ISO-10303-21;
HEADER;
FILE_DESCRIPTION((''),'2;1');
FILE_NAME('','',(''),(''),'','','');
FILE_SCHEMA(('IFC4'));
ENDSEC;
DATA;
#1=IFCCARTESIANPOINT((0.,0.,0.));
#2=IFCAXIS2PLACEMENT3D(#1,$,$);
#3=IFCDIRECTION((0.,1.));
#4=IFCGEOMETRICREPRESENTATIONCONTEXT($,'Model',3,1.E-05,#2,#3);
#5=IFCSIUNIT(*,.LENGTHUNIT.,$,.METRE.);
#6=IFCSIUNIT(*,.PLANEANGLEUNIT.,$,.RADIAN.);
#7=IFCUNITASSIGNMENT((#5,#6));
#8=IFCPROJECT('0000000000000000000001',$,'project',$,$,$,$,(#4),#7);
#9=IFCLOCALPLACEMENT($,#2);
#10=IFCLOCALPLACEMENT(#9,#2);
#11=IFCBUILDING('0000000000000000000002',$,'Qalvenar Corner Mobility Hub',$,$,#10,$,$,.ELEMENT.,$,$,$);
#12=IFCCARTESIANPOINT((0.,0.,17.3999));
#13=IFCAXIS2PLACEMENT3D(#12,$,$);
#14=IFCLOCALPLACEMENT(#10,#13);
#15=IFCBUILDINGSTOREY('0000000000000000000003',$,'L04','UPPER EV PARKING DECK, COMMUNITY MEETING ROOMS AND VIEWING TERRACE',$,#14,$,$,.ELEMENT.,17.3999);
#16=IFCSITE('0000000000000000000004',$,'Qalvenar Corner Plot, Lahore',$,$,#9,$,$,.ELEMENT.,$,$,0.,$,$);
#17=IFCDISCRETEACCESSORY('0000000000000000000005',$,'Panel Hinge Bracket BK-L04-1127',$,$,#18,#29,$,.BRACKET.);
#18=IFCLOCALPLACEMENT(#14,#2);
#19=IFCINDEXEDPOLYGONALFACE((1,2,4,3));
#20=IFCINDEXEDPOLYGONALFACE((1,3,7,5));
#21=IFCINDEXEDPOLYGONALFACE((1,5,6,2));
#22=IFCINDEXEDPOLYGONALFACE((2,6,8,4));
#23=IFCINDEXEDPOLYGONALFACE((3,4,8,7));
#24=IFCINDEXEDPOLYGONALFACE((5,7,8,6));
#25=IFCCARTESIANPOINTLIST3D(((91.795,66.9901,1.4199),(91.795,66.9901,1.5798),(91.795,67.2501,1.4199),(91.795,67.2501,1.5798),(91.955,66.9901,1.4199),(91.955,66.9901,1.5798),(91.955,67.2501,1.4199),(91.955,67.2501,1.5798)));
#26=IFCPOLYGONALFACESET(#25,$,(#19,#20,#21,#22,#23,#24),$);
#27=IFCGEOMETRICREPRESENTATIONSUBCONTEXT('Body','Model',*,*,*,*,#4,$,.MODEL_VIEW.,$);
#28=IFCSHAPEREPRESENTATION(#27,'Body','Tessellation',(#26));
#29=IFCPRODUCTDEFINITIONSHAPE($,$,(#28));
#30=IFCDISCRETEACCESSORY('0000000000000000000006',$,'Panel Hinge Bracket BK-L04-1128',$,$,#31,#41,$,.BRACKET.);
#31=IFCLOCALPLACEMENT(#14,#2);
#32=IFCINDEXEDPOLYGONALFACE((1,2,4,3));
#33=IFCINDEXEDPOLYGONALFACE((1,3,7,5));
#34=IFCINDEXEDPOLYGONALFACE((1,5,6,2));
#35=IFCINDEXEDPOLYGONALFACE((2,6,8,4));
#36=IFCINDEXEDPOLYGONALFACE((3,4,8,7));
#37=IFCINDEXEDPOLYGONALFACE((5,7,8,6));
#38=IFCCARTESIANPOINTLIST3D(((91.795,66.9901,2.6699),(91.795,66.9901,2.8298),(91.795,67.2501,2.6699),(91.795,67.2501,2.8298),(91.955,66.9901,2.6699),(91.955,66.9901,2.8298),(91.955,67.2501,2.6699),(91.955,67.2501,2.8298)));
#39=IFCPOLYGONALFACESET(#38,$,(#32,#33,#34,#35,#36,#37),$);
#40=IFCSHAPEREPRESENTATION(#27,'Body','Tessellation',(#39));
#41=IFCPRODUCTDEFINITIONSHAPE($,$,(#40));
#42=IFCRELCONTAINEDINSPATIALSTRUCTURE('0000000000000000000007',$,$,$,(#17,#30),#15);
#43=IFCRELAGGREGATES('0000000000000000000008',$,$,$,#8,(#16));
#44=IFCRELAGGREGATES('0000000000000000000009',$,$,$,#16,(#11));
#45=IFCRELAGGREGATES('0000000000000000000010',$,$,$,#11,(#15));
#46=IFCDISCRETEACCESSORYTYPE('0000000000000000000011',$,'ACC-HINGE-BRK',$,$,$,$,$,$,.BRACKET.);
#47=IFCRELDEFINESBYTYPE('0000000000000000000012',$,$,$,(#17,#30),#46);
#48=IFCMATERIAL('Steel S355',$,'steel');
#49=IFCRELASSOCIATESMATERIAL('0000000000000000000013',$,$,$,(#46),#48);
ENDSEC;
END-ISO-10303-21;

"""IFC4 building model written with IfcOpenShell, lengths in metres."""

from ifc_helpers import new_model, si_unit, direction, frame, origin, origin_2d, place, context, subcontext, project, spatial, rectangle, extrude, material, type_object, element, save


model = new_model("IFC4")

# Units and contexts
model_context = context("Model", 3, precision=1e-05, world=origin(), true_north=direction((0.0, 1.0)))
body_context = subcontext(model_context, "Body", "Model", "MODEL_VIEW")
ifc_project = project(units=[si_unit("LENGTHUNIT", "METRE"), si_unit("PLANEANGLEUNIT", "RADIAN")], contexts=[model_context])

# Site, building, storey
site_placement = place(None, origin())
site = spatial("IfcSite", under=ifc_project, at=site_placement, Name="Qalvenar Corner Plot, Lahore", CompositionType="ELEMENT", RefElevation=0.0)
building_placement = place(site_placement, origin())
building = spatial("IfcBuilding", under=site, at=building_placement, Name="Qalvenar Corner Mobility Hub", CompositionType="ELEMENT")
storey_placement = place(building_placement, frame((0.0, 0.0, 17.3999)))
storey = spatial("IfcBuildingStorey", under=building, at=storey_placement, Name="L04", Description="UPPER EV PARKING DECK, COMMUNITY MEETING ROOMS AND VIEWING TERRACE", CompositionType="ELEMENT", Elevation=17.3999)

# Shared definitions
ifc_material = material(Name="Steel S355", Category="steel")

# Discrete accessories
discrete_accessory_type_1 = type_object("IfcDiscreteAccessoryType", Name="ACC-HINGE-BRK", PredefinedType="BRACKET", material=ifc_material)
for number, where, z_axis, x_axis, name in (
    (1, (91.875, 67.1201, 1.4199), (0.0, 0.0, 1.0), (1.0, 0.0, 0.0), "Panel Hinge Bracket BK-L04-1127"),
    (2, (91.875, 67.1201, 2.6699), (0.0, 0.0, 1.0), (1.0, 0.0, 0.0), "Panel Hinge Bracket BK-L04-1128"),
):
    element("IfcDiscreteAccessory", number, at=place(storey_placement, frame(where, z_axis=z_axis, x_axis=x_axis)), inside=storey, type_object=discrete_accessory_type_1, Name=name, PredefinedType="BRACKET", context=body_context, shape_type="SweptSolid", body=[
        extrude(rectangle(XDim=0.1599, YDim=0.26, at=origin_2d()), origin(), (0.0, 0.0, 1.0), 0.1599),
    ])

save(model, "model.ifc")
